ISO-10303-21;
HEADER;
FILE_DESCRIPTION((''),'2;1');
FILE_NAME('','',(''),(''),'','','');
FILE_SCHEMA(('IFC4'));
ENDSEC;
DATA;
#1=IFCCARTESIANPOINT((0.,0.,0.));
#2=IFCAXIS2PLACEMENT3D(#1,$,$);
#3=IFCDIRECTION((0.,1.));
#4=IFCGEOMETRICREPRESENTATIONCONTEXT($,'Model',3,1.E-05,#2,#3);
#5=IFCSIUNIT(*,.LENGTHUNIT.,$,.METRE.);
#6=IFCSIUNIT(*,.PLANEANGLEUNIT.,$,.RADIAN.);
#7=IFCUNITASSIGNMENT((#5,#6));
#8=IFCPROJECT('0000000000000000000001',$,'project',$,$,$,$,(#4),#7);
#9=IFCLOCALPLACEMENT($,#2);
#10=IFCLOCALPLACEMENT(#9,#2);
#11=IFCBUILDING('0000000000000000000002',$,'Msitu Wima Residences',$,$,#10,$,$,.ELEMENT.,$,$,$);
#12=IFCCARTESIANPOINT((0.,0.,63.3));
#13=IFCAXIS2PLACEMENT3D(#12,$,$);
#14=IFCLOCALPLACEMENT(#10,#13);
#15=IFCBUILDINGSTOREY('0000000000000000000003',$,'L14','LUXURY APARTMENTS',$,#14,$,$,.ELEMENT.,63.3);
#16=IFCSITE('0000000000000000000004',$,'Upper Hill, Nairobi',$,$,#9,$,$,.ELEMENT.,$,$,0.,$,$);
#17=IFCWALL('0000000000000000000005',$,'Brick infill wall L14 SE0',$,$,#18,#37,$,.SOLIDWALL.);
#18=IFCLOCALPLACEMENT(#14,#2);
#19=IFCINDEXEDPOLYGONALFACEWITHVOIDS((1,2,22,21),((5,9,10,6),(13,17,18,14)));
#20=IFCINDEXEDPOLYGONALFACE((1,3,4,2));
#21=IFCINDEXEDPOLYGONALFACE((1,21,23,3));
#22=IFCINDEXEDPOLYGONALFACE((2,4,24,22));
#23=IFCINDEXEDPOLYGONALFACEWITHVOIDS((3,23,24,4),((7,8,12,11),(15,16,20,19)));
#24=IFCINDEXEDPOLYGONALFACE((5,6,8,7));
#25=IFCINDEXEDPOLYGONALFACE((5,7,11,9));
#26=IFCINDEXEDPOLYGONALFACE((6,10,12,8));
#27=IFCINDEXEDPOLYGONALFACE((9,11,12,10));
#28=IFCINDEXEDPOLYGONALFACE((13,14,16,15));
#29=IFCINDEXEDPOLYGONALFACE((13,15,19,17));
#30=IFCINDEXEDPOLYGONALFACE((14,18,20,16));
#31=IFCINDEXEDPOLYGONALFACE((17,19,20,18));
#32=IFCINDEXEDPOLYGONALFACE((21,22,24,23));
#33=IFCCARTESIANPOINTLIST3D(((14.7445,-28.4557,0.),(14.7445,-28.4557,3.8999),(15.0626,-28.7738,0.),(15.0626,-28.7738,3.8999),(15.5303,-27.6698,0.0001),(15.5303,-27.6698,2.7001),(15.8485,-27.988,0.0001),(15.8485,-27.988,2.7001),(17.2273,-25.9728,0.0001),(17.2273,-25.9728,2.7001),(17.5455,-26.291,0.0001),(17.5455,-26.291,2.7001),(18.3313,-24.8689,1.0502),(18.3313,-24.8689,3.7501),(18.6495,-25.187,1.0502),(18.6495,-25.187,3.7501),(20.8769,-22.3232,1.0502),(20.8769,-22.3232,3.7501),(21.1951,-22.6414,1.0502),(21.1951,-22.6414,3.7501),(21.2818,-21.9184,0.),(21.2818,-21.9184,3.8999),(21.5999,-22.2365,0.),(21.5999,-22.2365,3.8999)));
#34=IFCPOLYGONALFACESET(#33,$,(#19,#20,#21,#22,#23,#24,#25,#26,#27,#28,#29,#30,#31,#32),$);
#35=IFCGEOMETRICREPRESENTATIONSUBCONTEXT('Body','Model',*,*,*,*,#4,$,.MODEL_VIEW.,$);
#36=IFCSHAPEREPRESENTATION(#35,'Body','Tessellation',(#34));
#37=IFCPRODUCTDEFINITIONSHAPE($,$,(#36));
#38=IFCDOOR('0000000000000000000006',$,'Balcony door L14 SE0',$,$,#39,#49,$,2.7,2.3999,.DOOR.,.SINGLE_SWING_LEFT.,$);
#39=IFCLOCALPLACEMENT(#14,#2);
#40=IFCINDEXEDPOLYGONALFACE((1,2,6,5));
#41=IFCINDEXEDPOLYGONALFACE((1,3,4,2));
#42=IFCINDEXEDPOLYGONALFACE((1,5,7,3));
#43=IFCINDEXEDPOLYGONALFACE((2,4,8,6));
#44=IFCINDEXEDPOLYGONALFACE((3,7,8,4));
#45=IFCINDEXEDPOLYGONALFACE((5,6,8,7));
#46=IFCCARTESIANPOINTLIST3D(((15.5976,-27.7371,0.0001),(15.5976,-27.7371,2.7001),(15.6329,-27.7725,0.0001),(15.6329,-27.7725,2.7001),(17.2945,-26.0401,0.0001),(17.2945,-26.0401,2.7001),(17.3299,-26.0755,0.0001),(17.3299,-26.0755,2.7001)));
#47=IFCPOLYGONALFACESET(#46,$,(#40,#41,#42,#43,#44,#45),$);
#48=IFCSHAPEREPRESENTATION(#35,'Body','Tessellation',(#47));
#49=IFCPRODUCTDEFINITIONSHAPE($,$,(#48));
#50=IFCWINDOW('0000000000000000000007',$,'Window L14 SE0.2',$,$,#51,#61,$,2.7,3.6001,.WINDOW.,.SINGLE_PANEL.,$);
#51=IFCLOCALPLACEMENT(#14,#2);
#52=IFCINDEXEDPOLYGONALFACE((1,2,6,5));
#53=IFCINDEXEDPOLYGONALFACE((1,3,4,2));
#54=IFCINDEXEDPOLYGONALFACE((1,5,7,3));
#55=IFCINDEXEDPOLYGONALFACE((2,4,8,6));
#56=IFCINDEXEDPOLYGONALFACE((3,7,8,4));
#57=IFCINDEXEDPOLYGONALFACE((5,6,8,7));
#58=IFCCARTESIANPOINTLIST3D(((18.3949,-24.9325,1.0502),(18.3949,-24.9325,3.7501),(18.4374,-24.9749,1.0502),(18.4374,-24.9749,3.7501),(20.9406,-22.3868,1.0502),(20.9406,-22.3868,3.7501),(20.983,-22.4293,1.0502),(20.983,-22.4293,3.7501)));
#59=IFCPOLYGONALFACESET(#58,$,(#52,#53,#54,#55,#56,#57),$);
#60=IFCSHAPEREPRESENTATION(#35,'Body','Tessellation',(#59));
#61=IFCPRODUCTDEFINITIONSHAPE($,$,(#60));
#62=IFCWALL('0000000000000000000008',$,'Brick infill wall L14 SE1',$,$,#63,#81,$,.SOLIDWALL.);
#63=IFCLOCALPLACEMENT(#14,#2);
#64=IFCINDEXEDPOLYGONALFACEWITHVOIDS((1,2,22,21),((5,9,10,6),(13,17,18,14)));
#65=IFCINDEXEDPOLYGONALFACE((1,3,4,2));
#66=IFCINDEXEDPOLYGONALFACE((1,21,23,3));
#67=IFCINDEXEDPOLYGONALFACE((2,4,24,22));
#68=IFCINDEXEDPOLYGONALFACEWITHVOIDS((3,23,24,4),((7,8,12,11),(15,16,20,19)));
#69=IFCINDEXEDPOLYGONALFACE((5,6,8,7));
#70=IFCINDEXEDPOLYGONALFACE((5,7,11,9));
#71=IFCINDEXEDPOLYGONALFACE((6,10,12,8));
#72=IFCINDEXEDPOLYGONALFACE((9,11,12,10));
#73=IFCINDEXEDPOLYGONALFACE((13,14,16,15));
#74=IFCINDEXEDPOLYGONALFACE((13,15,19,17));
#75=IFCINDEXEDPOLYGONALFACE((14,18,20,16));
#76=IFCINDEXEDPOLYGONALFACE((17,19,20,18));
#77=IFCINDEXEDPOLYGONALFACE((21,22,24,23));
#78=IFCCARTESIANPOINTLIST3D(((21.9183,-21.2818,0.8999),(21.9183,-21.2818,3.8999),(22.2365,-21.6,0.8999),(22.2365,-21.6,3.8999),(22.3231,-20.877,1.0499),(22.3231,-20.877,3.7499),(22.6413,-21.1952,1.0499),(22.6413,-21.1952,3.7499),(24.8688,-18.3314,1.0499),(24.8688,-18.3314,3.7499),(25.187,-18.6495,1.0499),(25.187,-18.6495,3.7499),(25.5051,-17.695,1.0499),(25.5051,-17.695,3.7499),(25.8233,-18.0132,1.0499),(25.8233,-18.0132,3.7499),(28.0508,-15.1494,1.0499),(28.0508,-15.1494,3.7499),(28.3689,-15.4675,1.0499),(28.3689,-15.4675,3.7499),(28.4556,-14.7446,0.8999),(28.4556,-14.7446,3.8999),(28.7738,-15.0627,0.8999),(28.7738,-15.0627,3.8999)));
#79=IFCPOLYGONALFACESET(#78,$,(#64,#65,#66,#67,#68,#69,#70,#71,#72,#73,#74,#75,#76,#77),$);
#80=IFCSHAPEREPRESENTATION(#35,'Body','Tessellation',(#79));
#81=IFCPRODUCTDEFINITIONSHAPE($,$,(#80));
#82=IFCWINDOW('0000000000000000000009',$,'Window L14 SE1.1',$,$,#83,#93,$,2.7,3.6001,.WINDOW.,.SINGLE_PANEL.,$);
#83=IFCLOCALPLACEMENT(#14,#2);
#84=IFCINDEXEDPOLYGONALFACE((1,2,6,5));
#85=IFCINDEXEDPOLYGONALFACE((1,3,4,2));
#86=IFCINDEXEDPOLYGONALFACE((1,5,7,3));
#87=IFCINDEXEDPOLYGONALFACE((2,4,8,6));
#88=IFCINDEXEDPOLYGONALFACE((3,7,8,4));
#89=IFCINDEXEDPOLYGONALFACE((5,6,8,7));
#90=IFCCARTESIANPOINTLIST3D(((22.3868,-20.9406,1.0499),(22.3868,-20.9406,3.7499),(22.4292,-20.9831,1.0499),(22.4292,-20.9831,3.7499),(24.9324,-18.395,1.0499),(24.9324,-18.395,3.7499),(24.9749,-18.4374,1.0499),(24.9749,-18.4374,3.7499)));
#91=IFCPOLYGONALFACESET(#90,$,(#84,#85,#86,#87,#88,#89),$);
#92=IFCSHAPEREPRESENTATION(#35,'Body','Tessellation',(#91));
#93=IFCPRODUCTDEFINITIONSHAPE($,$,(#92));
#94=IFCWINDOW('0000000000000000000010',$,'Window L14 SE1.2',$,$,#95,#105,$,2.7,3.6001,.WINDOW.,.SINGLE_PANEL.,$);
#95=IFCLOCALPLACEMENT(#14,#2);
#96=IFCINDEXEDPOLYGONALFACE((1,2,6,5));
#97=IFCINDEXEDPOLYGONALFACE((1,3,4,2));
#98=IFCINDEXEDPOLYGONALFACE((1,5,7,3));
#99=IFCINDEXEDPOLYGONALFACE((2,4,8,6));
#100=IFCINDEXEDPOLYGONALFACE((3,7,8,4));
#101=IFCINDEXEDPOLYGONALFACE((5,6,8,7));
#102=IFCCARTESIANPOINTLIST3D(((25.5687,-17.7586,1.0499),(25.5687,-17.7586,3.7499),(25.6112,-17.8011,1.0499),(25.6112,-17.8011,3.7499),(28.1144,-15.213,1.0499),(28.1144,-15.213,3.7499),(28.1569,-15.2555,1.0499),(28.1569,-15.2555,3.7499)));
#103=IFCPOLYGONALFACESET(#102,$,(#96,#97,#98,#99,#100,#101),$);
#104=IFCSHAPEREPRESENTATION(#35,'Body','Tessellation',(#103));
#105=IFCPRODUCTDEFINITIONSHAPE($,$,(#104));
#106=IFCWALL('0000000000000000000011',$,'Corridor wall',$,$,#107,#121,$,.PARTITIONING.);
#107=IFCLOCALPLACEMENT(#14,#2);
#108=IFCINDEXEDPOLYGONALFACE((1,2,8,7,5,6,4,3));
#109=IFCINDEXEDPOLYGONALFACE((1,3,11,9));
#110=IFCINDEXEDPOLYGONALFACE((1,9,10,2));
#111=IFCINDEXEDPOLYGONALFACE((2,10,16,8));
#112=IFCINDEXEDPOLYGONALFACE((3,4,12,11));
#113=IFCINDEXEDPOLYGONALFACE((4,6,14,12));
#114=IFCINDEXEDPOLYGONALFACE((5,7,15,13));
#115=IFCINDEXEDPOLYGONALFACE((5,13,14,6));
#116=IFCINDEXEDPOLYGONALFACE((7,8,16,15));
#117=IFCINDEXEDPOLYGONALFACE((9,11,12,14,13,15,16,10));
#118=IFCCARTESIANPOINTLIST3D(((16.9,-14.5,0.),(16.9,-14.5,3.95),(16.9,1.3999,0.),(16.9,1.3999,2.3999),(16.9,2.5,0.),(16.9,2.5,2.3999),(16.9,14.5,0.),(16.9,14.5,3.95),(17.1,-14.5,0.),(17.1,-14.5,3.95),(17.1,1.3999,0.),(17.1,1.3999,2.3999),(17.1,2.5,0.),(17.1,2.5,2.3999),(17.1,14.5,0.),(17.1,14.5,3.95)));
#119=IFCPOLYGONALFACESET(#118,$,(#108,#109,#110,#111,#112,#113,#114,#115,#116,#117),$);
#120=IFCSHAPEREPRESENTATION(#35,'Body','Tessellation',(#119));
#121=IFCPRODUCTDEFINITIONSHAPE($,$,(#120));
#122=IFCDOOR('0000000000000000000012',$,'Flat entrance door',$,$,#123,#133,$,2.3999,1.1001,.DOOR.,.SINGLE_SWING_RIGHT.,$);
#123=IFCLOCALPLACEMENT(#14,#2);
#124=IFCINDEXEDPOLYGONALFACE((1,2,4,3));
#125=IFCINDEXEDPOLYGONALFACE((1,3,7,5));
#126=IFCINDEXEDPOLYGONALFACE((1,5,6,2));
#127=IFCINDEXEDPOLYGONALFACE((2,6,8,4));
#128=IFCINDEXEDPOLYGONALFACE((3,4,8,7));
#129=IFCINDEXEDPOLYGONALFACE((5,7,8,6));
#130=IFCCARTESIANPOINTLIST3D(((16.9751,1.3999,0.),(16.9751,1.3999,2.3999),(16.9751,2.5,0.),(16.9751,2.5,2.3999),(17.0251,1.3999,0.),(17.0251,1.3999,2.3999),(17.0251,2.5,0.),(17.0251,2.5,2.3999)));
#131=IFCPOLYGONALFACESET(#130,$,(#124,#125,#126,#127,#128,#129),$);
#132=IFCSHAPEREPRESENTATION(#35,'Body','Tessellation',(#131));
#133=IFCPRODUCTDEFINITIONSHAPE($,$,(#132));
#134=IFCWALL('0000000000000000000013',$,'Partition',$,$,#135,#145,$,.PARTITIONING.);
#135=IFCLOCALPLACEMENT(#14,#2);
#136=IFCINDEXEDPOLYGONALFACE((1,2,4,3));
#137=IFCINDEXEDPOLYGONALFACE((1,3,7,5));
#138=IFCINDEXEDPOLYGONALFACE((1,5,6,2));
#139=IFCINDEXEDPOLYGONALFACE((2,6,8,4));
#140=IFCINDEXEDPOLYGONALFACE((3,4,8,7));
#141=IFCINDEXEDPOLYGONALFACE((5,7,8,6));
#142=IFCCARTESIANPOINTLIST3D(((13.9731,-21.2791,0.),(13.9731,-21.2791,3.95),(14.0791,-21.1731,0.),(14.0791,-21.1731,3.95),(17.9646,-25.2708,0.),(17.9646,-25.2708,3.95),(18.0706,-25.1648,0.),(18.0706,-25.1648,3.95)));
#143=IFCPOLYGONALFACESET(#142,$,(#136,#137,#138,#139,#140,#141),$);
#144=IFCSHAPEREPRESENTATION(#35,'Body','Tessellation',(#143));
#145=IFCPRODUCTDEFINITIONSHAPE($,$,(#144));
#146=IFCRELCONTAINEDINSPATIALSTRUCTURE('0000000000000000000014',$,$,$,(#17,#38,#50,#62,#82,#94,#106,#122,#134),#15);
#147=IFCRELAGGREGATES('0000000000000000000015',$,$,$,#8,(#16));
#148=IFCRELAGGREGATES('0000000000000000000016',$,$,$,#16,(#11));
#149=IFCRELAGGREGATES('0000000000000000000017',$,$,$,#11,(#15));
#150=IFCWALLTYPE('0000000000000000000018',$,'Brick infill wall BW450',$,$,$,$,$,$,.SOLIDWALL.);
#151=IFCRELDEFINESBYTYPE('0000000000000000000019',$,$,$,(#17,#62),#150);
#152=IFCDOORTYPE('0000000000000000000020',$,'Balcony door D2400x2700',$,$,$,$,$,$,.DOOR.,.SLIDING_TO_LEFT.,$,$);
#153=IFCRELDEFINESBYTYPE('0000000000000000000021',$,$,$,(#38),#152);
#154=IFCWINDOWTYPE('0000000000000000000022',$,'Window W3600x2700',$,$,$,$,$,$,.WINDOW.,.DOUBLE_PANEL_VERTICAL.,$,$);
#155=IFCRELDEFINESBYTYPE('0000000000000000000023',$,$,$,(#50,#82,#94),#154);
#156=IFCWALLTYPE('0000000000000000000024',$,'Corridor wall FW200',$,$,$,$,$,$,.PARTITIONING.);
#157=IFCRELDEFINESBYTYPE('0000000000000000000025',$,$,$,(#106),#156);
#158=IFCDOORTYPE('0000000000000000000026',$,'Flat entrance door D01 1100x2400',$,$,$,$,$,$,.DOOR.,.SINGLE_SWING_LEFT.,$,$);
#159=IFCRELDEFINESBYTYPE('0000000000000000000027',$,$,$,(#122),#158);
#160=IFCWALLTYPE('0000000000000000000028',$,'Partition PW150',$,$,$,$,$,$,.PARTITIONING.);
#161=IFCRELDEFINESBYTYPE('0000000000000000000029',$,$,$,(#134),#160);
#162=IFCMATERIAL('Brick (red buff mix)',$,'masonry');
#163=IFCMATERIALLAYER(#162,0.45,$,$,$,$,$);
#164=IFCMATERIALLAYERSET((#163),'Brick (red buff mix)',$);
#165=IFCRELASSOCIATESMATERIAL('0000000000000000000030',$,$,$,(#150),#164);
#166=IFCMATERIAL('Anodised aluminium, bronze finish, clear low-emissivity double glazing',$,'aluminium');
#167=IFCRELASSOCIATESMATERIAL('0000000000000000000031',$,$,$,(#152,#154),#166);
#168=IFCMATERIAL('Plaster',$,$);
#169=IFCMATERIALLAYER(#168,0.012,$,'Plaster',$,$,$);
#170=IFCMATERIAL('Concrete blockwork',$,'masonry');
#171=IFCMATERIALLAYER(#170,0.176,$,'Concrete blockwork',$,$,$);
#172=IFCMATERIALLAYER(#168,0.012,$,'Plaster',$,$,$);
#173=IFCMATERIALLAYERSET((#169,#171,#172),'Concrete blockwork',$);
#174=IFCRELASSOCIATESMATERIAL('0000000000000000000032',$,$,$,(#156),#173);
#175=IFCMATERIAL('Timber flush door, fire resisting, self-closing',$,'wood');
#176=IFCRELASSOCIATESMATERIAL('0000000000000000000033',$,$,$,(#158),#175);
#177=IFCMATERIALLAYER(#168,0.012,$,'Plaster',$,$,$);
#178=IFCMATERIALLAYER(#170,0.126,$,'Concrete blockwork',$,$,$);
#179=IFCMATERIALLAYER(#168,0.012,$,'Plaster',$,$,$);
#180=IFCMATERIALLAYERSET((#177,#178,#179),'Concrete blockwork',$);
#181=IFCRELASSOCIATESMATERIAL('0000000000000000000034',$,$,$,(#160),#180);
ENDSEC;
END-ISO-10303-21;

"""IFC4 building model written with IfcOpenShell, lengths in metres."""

from ifc_helpers import new_model, si_unit, direction, frame, frame_2d, origin, place, context, subcontext, project, spatial, rectangle, extrude, material, layer, layer_set, type_object, element, fill, save


model = new_model("IFC4")

# Units and contexts
model_context = context("Model", 3, precision=1e-05, world=origin(), true_north=direction((0.0, 1.0)))
body_context = subcontext(model_context, "Body", "Model", "MODEL_VIEW")
ifc_project = project(units=[si_unit("LENGTHUNIT", "METRE"), si_unit("PLANEANGLEUNIT", "RADIAN")], contexts=[model_context])

# Site, building, storey
site_placement = place(None, origin())
site = spatial("IfcSite", under=ifc_project, at=site_placement, Name="Upper Hill, Nairobi", CompositionType="ELEMENT", RefElevation=0.0)
building_placement = place(site_placement, origin())
building = spatial("IfcBuilding", under=site, at=building_placement, Name="Msitu Wima Residences", CompositionType="ELEMENT")
storey_placement = place(building_placement, frame((0.0, 0.0, 63.3)))
storey = spatial("IfcBuildingStorey", under=building, at=storey_placement, Name="L14", Description="LUXURY APARTMENTS", CompositionType="ELEMENT", Elevation=63.3)

# Wall, openings, door, window
ifc_material_1 = material(Name="Brick (red buff mix)", Category="masonry")
ifc_layer_1 = layer(ifc_material_1, 0.45)
ifc_layer_set_1 = layer_set([ifc_layer_1], Name="Brick (red buff mix)")
wall_type_1 = type_object("IfcWallType", Name="Brick infill wall BW450", PredefinedType="SOLIDWALL", material=ifc_layer_set_1)
wall_1_placement = place(storey_placement, frame((14.9036, -28.6147, 0.0), z_axis=(0.0, 0.0, 1.0), x_axis=(0.707107, 0.707107, 0.0)))
wall_1 = element("IfcWall", 1, at=wall_1_placement, inside=storey, type_object=wall_type_1, Name="Brick infill wall L14 SE0", PredefinedType="SOLIDWALL", context=body_context, shape_type="SweptSolid", body=[
    extrude(rectangle(XDim=9.2451, YDim=0.45, at=frame_2d((4.6226, 0.0))), origin(), (0.0, 0.0, 1.0), 3.8999),
])
opening_1_placement = place(wall_1_placement, frame((1.1113, 0.0, 0.0)))
opening_1 = element("IfcOpeningElement", 2, at=opening_1_placement, cuts=wall_1, PredefinedType="OPENING", context=body_context, shape_type="SweptSolid", body=[
    extrude(rectangle(XDim=2.3999, YDim=2.7, at=frame_2d((1.2, 1.3501))), frame((0.0, 0.2349, 0.0), z_axis=(0.0, -1.0, 0.0), x_axis=(1.0, 0.0, 0.0)), (0.0, 0.0, 1.0), 0.47),
])
opening_2_placement = place(wall_1_placement, frame((5.0725, 0.0, 1.05)))
opening_2 = element("IfcOpeningElement", 3, at=opening_2_placement, cuts=wall_1, PredefinedType="OPENING", context=body_context, shape_type="SweptSolid", body=[
    extrude(rectangle(XDim=3.6001, YDim=2.7, at=frame_2d((1.8, 1.3501))), frame((0.0, 0.2349, 0.0), z_axis=(0.0, -1.0, 0.0), x_axis=(1.0, 0.0, 0.0)), (0.0, 0.0, 1.0), 0.47),
])
ifc_material_2 = material(Name="Anodised aluminium, bronze finish, clear low-emissivity double glazing", Category="aluminium")
door_type_1 = type_object("IfcDoorType", Name="Balcony door D2400x2700", OperationType="SLIDING_TO_LEFT", PredefinedType="DOOR", material=ifc_material_2)
door_1_placement = place(opening_1_placement, origin())
door_1 = element("IfcDoor", 4, at=door_1_placement, inside=storey, type_object=door_type_1, Name="Balcony door L14 SE0", OperationType="SINGLE_SWING_LEFT", OverallHeight=2.7, OverallWidth=2.3999, PredefinedType="DOOR", context=body_context, shape_type="SweptSolid", body=[
    extrude(rectangle(XDim=2.3999, YDim=2.7, at=frame_2d((1.2, 1.3501))), frame((0.0, 0.1299, 0.0), z_axis=(0.0, -1.0, 0.0), x_axis=(1.0, 0.0, 0.0)), (0.0, 0.0, 1.0), 0.05),
])
fill(opening_1, door_1)
window_type = type_object("IfcWindowType", Name="Window W3600x2700", PartitioningType="DOUBLE_PANEL_VERTICAL", PredefinedType="WINDOW", material=ifc_material_2)
window_1_placement = place(opening_2_placement, origin())
window_1 = element("IfcWindow", 5, at=window_1_placement, inside=storey, type_object=window_type, Name="Window L14 SE0.2", OverallHeight=2.7, OverallWidth=3.6001, PartitioningType="SINGLE_PANEL", PredefinedType="WINDOW", context=body_context, shape_type="SweptSolid", body=[
    extrude(rectangle(XDim=3.6001, YDim=2.7, at=frame_2d((1.8, 1.3501))), frame((0.0, 0.135, 0.0), z_axis=(0.0, -1.0, 0.0), x_axis=(1.0, 0.0, 0.0)), (0.0, 0.0, 1.0), 0.0601),
])
fill(opening_2, window_1)

# Wall, openings, windows
wall_2_placement = place(storey_placement, frame((22.0774, -21.4409, 0.8999), z_axis=(0.0, 0.0, 1.0), x_axis=(0.707107, 0.707107, 0.0)))
wall_2 = element("IfcWall", 6, at=wall_2_placement, inside=storey, type_object=wall_type_1, Name="Brick infill wall L14 SE1", PredefinedType="SOLIDWALL", context=body_context, shape_type="SweptSolid", body=[
    extrude(rectangle(XDim=9.2451, YDim=0.45, at=frame_2d((4.6226, 0.0))), origin(), (0.0, 0.0, 1.0), 3.0),
])
opening_3_placement = place(wall_2_placement, frame((0.5725, 0.0, 0.1499)))
opening_3 = element("IfcOpeningElement", 7, at=opening_3_placement, cuts=wall_2, PredefinedType="OPENING", context=body_context, shape_type="SweptSolid", body=[
    extrude(rectangle(XDim=3.6001, YDim=2.7, at=frame_2d((1.8, 1.3501))), frame((0.0, 0.2349, 0.0), z_axis=(0.0, -1.0, 0.0), x_axis=(1.0, 0.0, 0.0)), (0.0, 0.0, 1.0), 0.47),
])
opening_4_placement = place(wall_2_placement, frame((5.0725, 0.0, 0.1499)))
opening_4 = element("IfcOpeningElement", 8, at=opening_4_placement, cuts=wall_2, PredefinedType="OPENING", context=body_context, shape_type="SweptSolid", body=[
    extrude(rectangle(XDim=3.6001, YDim=2.7, at=frame_2d((1.8, 1.3501))), frame((0.0, 0.2349, 0.0), z_axis=(0.0, -1.0, 0.0), x_axis=(1.0, 0.0, 0.0)), (0.0, 0.0, 1.0), 0.47),
])
window_2_placement = place(opening_3_placement, origin())
window_2 = element("IfcWindow", 9, at=window_2_placement, inside=storey, type_object=window_type, Name="Window L14 SE1.1", OverallHeight=2.7, OverallWidth=3.6001, PartitioningType="SINGLE_PANEL", PredefinedType="WINDOW", context=body_context, shape_type="SweptSolid", body=[
    extrude(rectangle(XDim=3.6001, YDim=2.7, at=frame_2d((1.8, 1.3501))), frame((0.0, 0.135, 0.0), z_axis=(0.0, -1.0, 0.0), x_axis=(1.0, 0.0, 0.0)), (0.0, 0.0, 1.0), 0.0601),
])
fill(opening_3, window_2)
window_3_placement = place(opening_4_placement, origin())
window_3 = element("IfcWindow", 10, at=window_3_placement, inside=storey, type_object=window_type, Name="Window L14 SE1.2", OverallHeight=2.7, OverallWidth=3.6001, PartitioningType="SINGLE_PANEL", PredefinedType="WINDOW", context=body_context, shape_type="SweptSolid", body=[
    extrude(rectangle(XDim=3.6001, YDim=2.7, at=frame_2d((1.8, 1.3501))), frame((0.0, 0.135, 0.0), z_axis=(0.0, -1.0, 0.0), x_axis=(1.0, 0.0, 0.0)), (0.0, 0.0, 1.0), 0.0601),
])
fill(opening_4, window_3)

# Wall, opening, door
ifc_material_3 = material(Name="Plaster")
ifc_layer_2 = layer(ifc_material_3, 0.012, Name="Plaster")
ifc_material_4 = material(Name="Concrete blockwork", Category="masonry")
ifc_layer_3 = layer(ifc_material_4, 0.176, Name="Concrete blockwork")
ifc_layer_4 = layer(ifc_material_3, 0.012, Name="Plaster")
ifc_layer_set_2 = layer_set([ifc_layer_2, ifc_layer_3, ifc_layer_4], Name="Concrete blockwork")
wall_type_2 = type_object("IfcWallType", Name="Corridor wall FW200", PredefinedType="PARTITIONING", material=ifc_layer_set_2)
wall_3_placement = place(storey_placement, frame((17.0, -14.5, 0.0), z_axis=(0.0, 0.0, 1.0), x_axis=(0.0, 1.0, 0.0)))
wall_3 = element("IfcWall", 11, at=wall_3_placement, inside=storey, type_object=wall_type_2, Name="Corridor wall", PredefinedType="PARTITIONING", context=body_context, shape_type="SweptSolid", body=[
    extrude(rectangle(XDim=29.0, YDim=0.2, at=frame_2d((14.5, 0.0))), origin(), (0.0, 0.0, 1.0), 3.95),
])
opening_5_placement = place(wall_3_placement, frame((15.8999, 0.0, 0.0)))
opening_5 = element("IfcOpeningElement", 12, at=opening_5_placement, cuts=wall_3, PredefinedType="OPENING", context=body_context, shape_type="SweptSolid", body=[
    extrude(rectangle(XDim=1.1001, YDim=2.3999, at=frame_2d((0.55, 1.2))), frame((0.0, 0.1099, 0.0), z_axis=(0.0, -1.0, 0.0), x_axis=(1.0, 0.0, 0.0)), (0.0, 0.0, 1.0), 0.22),
])
ifc_material_5 = material(Name="Timber flush door, fire resisting, self-closing", Category="wood")
door_type_2 = type_object("IfcDoorType", Name="Flat entrance door D01 1100x2400", OperationType="SINGLE_SWING_LEFT", PredefinedType="DOOR", material=ifc_material_5)
door_2_placement = place(opening_5_placement, origin())
door_2 = element("IfcDoor", 13, at=door_2_placement, inside=storey, type_object=door_type_2, Name="Flat entrance door", OperationType="SINGLE_SWING_RIGHT", OverallHeight=2.3999, OverallWidth=1.1001, PredefinedType="DOOR", context=body_context, shape_type="SweptSolid", body=[
    extrude(rectangle(XDim=1.1001, YDim=2.3999, at=frame_2d((0.55, 1.2))), frame((0.0, 0.0249, 0.0), z_axis=(0.0, -1.0, 0.0), x_axis=(1.0, 0.0, 0.0)), (0.0, 0.0, 1.0), 0.05),
])
fill(opening_5, door_2)

# Wall
ifc_layer_5 = layer(ifc_material_3, 0.012, Name="Plaster")
ifc_layer_6 = layer(ifc_material_4, 0.126, Name="Concrete blockwork")
ifc_layer_7 = layer(ifc_material_3, 0.012, Name="Plaster")
ifc_layer_set_3 = layer_set([ifc_layer_5, ifc_layer_6, ifc_layer_7], Name="Concrete blockwork")
wall_type_3 = type_object("IfcWallType", Name="Partition PW150", PredefinedType="PARTITIONING", material=ifc_layer_set_3)
wall_4_placement = place(storey_placement, frame((14.0261, -21.2261, 0.0), z_axis=(0.0, 0.0, 1.0), x_axis=(0.707085, -0.707128, 0.0)))
element("IfcWall", 14, at=wall_4_placement, inside=storey, type_object=wall_type_3, Name="Partition", PredefinedType="PARTITIONING", context=body_context, shape_type="SweptSolid", body=[
    extrude(rectangle(XDim=5.645, YDim=0.1499, at=frame_2d((2.8225, 0.0))), origin(), (0.0, 0.0, 1.0), 3.95),
])

save(model, "model.ifc")
